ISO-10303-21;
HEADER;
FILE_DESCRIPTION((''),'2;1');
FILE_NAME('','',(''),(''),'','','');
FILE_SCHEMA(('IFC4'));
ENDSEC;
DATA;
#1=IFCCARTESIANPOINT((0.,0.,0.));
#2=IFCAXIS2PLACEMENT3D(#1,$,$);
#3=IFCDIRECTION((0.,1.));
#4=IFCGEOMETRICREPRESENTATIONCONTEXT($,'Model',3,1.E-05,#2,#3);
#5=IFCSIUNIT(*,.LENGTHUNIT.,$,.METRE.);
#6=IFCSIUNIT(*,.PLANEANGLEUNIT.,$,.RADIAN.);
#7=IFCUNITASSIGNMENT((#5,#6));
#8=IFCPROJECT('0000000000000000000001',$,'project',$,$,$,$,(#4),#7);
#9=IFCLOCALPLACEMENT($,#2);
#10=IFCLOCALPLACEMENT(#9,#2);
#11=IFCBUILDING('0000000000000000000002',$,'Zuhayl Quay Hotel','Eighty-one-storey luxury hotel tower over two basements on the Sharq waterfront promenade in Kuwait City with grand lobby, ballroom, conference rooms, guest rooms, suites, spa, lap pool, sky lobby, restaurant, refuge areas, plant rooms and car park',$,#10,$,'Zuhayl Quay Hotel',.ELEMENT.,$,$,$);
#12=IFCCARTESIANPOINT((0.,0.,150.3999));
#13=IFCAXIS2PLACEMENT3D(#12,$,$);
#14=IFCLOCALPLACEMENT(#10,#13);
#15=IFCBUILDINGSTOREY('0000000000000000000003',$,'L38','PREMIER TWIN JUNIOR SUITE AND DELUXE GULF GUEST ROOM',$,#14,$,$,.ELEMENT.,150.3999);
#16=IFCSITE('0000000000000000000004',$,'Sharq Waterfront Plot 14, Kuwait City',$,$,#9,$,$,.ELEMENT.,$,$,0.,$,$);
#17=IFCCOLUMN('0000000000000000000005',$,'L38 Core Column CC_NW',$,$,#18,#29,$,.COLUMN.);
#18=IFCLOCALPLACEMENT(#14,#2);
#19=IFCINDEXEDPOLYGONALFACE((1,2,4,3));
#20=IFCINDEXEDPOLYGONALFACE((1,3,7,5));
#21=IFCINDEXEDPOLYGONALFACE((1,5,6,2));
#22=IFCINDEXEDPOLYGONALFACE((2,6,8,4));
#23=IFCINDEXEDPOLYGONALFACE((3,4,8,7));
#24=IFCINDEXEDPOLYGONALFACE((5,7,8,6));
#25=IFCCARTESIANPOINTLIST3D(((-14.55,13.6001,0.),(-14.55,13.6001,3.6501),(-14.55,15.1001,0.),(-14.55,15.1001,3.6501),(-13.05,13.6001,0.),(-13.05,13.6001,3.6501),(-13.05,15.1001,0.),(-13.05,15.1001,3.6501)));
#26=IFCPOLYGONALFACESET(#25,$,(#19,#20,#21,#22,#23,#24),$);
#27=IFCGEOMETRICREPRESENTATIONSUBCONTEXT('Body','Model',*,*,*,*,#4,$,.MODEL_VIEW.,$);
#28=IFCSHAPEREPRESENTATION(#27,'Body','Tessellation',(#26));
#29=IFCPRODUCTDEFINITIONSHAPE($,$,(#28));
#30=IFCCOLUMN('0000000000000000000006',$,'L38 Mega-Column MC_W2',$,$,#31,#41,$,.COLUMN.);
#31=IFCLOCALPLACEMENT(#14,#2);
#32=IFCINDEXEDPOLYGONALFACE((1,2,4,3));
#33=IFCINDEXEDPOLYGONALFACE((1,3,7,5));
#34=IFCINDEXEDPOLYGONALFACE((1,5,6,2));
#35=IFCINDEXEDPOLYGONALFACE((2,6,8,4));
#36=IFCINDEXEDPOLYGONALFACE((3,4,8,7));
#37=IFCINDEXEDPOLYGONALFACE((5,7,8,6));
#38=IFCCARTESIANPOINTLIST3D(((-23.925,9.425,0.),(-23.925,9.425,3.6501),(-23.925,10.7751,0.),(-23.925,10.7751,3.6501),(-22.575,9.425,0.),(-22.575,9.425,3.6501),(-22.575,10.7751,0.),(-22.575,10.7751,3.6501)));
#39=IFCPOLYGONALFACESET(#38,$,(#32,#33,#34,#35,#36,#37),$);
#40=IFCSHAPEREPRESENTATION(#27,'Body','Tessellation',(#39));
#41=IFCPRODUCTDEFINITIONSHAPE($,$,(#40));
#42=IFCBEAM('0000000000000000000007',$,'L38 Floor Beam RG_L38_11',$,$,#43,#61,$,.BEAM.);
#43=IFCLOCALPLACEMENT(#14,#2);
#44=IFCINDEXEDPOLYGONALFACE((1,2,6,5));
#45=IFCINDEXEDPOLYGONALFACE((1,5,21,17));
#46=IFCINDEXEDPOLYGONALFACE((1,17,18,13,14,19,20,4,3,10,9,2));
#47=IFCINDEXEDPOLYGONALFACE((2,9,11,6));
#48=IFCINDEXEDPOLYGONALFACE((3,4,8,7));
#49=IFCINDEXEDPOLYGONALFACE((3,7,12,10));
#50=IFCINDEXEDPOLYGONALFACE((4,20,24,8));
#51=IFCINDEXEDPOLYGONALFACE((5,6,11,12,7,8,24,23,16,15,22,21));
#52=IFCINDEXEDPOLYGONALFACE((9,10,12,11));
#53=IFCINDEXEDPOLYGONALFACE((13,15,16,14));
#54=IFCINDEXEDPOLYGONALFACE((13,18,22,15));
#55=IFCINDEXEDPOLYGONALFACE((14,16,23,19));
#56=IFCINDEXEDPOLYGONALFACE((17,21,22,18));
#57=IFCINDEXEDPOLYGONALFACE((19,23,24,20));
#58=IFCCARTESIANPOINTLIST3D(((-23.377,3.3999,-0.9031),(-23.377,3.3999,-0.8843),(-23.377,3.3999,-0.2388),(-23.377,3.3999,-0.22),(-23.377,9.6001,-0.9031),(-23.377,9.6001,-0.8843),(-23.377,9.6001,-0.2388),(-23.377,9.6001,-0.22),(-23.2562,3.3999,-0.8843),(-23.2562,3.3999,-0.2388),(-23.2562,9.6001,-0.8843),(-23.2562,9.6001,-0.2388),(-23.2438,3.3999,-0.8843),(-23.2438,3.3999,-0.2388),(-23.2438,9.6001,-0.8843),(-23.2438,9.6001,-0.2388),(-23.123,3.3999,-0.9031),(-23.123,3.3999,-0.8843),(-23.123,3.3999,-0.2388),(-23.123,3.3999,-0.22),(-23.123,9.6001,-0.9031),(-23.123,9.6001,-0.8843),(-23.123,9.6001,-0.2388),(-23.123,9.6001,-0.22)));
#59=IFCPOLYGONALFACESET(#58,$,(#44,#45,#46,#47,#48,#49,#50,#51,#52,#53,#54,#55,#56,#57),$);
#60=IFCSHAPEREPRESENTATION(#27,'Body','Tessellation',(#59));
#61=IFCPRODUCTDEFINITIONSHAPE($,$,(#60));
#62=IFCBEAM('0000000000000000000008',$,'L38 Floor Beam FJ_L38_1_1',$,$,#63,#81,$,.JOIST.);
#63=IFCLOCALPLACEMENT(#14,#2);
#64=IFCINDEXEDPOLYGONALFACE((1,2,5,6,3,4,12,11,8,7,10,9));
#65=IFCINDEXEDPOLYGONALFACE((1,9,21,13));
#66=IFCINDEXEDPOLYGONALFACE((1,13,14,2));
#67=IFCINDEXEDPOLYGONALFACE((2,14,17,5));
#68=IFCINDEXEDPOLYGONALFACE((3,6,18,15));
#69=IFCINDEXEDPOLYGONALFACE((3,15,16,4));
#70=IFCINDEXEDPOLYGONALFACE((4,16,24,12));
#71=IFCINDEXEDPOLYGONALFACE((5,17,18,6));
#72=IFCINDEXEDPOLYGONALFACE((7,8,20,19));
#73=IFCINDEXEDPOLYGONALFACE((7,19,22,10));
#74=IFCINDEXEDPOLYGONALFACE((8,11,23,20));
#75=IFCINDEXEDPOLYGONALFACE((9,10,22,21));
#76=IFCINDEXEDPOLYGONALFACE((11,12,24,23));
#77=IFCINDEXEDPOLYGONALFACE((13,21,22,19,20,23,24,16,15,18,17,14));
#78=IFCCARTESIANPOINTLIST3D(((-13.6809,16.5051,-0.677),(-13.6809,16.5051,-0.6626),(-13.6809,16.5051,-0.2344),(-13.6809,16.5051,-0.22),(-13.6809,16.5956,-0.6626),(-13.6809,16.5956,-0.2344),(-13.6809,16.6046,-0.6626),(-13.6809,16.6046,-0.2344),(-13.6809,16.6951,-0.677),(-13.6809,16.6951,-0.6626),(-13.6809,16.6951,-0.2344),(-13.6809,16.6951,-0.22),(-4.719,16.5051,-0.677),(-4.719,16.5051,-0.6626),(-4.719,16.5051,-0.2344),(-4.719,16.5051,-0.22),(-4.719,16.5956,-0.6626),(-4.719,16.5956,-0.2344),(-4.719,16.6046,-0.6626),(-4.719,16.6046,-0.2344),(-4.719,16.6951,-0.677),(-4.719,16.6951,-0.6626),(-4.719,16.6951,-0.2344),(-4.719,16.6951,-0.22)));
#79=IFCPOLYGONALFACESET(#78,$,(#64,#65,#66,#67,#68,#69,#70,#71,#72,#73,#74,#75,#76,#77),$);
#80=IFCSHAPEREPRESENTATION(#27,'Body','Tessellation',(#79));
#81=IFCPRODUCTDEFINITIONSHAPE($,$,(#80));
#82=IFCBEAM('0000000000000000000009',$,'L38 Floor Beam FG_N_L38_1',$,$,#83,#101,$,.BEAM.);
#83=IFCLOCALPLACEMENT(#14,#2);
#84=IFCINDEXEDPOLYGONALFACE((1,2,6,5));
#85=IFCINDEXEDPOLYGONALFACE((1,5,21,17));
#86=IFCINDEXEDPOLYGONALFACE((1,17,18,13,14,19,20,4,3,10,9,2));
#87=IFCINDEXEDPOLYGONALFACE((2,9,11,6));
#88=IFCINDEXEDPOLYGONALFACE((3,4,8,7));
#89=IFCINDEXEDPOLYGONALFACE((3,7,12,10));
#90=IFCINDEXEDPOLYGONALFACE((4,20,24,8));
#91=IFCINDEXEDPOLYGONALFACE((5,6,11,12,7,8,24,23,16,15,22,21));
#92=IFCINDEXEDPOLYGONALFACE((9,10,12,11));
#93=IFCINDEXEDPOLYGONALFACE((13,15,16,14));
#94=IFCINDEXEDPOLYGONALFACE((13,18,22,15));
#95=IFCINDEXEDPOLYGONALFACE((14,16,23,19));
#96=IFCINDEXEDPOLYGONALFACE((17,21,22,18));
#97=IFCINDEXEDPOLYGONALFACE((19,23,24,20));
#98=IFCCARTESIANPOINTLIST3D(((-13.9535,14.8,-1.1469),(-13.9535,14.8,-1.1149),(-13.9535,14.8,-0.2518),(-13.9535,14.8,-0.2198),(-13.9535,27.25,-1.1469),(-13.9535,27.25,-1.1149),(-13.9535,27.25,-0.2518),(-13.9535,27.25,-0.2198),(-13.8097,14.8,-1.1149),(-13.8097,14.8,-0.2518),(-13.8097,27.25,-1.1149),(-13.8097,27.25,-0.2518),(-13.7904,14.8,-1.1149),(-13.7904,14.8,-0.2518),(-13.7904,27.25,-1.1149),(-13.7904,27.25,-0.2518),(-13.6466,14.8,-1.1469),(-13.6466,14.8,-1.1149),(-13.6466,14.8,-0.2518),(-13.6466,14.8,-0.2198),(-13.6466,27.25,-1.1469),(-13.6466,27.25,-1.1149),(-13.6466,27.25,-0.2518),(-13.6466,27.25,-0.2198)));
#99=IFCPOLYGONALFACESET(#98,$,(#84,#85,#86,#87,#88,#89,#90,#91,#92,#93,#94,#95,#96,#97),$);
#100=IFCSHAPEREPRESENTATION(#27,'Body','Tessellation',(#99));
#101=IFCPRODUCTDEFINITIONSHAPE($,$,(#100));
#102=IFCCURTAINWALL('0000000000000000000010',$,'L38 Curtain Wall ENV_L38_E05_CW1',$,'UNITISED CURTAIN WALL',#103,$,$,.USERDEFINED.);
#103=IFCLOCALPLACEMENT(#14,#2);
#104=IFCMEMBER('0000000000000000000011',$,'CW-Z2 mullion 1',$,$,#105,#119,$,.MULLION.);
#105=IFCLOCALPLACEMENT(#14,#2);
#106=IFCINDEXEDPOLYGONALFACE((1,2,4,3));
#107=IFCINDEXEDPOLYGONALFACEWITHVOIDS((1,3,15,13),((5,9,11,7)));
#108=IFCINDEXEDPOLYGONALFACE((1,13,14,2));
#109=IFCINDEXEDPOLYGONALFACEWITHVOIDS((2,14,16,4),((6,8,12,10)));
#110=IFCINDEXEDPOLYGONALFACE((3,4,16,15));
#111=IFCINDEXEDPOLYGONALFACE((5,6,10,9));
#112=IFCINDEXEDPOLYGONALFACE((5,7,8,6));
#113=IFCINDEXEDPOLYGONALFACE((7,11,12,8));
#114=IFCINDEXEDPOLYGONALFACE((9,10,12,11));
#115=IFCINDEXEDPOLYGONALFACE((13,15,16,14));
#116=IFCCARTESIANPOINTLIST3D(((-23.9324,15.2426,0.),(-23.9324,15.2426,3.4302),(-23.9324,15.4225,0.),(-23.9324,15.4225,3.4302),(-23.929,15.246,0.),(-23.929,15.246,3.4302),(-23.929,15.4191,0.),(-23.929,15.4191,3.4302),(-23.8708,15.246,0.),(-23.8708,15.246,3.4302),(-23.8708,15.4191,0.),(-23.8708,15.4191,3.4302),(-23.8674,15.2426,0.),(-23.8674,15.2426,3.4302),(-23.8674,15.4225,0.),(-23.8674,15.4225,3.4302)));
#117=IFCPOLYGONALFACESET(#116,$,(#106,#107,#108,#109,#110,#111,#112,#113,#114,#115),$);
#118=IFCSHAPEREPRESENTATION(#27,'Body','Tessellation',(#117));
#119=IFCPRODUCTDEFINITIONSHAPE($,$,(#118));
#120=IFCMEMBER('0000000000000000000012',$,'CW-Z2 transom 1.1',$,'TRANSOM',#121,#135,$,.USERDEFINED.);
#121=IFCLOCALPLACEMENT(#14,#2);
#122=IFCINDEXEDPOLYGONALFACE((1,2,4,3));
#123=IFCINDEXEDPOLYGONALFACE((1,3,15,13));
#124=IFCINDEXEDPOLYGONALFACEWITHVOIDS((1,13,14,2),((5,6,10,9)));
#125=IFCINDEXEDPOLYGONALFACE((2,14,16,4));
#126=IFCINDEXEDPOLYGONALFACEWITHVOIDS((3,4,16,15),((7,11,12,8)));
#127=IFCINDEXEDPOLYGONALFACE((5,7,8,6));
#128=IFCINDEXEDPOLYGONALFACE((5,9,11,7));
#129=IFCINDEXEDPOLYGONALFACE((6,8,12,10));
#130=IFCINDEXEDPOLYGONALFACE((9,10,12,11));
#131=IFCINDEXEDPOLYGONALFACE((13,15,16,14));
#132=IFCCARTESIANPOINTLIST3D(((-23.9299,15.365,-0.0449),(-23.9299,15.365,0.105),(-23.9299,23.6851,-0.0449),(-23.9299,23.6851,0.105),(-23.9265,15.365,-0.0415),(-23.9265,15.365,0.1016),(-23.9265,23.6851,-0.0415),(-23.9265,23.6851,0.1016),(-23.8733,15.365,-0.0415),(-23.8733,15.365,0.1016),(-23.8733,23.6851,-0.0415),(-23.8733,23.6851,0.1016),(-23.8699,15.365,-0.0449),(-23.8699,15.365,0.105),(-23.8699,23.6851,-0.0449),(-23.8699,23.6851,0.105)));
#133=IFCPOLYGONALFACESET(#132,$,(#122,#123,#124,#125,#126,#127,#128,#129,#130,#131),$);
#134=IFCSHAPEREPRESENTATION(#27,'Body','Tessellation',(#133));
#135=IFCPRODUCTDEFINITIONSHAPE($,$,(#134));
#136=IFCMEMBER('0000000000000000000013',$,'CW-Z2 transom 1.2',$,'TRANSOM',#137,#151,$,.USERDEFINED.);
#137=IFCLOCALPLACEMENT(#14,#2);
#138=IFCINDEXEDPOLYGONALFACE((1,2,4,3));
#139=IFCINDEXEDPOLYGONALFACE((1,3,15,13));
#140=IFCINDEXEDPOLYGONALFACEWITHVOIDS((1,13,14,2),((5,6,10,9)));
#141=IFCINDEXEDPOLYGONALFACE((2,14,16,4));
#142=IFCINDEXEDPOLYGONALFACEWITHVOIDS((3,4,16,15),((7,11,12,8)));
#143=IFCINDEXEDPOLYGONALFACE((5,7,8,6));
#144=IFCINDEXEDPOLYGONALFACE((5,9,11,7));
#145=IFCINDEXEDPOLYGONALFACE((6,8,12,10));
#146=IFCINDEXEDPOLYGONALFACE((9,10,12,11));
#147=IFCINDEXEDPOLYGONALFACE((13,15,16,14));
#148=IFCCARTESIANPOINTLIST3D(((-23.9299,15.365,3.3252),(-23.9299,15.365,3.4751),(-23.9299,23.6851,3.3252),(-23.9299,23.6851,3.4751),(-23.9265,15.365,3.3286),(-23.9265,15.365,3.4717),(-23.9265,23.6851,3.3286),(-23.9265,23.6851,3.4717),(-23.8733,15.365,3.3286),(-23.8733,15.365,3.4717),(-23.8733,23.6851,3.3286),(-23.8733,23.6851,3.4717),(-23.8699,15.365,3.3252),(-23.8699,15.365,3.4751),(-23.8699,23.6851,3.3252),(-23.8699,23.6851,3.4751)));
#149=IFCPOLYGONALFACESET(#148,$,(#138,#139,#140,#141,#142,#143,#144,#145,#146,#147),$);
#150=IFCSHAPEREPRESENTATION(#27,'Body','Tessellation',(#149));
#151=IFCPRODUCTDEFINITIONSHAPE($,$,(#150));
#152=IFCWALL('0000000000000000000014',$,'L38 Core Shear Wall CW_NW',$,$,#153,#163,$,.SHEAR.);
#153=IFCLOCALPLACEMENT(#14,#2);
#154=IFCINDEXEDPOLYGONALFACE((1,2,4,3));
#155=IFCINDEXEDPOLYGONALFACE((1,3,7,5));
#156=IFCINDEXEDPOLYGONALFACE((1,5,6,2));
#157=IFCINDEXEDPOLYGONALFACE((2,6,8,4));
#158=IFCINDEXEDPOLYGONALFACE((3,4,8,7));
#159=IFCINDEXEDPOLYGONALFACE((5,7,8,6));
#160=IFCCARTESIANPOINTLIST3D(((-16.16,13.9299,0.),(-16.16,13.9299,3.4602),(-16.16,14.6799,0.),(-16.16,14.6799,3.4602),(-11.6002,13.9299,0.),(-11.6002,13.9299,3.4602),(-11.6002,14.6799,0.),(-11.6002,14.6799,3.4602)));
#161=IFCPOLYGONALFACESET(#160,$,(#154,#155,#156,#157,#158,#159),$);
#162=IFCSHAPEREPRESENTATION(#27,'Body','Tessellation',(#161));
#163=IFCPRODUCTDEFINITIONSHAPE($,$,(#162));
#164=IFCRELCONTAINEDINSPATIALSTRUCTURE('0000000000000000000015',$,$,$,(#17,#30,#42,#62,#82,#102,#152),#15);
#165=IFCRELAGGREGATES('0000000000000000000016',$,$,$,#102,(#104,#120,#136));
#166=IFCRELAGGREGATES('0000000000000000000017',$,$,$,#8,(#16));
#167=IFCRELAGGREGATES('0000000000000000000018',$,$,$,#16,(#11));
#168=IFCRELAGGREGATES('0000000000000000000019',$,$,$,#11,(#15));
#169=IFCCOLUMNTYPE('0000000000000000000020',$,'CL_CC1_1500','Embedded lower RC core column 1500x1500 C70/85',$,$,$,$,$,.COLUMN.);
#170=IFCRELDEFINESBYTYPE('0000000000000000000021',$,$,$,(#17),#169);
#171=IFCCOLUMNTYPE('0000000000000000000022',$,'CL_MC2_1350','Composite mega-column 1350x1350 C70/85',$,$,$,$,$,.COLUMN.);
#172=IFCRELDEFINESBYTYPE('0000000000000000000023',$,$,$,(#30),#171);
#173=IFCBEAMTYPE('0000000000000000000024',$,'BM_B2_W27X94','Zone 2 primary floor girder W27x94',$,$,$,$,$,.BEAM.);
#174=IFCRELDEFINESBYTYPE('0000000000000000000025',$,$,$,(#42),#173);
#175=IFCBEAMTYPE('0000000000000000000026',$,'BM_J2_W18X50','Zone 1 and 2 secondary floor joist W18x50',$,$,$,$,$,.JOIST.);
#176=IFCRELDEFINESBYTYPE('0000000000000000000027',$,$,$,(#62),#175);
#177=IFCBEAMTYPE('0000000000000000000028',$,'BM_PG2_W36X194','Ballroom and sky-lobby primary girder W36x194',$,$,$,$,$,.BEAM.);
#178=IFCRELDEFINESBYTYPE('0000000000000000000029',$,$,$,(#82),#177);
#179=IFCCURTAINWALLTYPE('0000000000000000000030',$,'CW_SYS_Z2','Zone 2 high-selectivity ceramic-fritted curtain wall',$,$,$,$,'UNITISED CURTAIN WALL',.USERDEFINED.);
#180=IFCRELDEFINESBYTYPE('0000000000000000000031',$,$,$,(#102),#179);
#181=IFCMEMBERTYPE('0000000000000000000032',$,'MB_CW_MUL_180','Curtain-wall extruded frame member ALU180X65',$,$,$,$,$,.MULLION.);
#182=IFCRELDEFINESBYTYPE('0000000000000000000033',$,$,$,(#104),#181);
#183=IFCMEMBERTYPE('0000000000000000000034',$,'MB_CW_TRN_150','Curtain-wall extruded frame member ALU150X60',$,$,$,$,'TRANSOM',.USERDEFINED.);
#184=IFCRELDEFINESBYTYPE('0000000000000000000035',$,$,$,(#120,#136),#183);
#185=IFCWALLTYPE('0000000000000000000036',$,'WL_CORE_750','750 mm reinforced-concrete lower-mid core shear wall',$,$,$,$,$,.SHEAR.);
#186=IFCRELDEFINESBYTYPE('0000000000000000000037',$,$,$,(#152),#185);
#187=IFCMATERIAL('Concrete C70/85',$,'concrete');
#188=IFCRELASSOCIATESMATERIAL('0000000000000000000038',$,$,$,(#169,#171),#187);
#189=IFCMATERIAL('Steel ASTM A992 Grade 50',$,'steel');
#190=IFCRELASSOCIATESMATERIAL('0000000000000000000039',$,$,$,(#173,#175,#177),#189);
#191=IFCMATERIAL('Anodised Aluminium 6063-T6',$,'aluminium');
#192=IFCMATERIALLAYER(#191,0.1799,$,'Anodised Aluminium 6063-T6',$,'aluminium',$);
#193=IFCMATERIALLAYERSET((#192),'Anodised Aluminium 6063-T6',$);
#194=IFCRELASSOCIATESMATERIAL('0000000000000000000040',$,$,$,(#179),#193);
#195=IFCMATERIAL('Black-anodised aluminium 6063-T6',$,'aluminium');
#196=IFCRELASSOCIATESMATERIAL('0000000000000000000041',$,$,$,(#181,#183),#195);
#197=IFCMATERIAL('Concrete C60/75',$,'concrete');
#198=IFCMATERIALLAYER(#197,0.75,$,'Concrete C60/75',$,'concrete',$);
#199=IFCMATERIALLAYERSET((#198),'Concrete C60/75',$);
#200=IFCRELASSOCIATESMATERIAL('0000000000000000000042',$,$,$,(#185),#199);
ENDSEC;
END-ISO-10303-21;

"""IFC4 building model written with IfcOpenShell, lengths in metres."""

from ifc_helpers import new_model, si_unit, direction, frame, frame_2d, origin, origin_2d, place, context, subcontext, project, spatial, rectangle, hollow_rectangle, i_section, extrude, material, layer, layer_set, material_profile, profile_set, type_object, element, aggregate, save


model = new_model("IFC4")

# Units and contexts
model_context = context("Model", 3, precision=1e-05, world=origin(), true_north=direction((0.0, 1.0)))
body_context = subcontext(model_context, "Body", "Model", "MODEL_VIEW")
ifc_project = project(units=[si_unit("LENGTHUNIT", "METRE"), si_unit("PLANEANGLEUNIT", "RADIAN")], contexts=[model_context])

# Site, building, storey
site_placement = place(None, origin())
site = spatial("IfcSite", under=ifc_project, at=site_placement, Name="Sharq Waterfront Plot 14, Kuwait City", CompositionType="ELEMENT", RefElevation=0.0)
building_placement = place(site_placement, origin())
building = spatial("IfcBuilding", under=site, at=building_placement, Name="Zuhayl Quay Hotel", Description="Eighty-one-storey luxury hotel tower over two basements on the Sharq waterfront promenade in Kuwait City with grand lobby, ballroom, conference rooms, guest rooms, suites, spa, lap pool, sky lobby, restaurant, refuge areas, plant rooms and car park", LongName="Zuhayl Quay Hotel", CompositionType="ELEMENT")
storey_placement = place(building_placement, frame((0.0, 0.0, 150.3999)))
storey = spatial("IfcBuildingStorey", under=building, at=storey_placement, Name="L38", Description="PREMIER TWIN JUNIOR SUITE AND DELUXE GULF GUEST ROOM", CompositionType="ELEMENT", Elevation=150.3999)

# Columns
ifc_material_1 = material(Name="Concrete C70/85", Category="concrete")
ifc_material_profile_1 = material_profile(ifc_material_1, rectangle(XDim=1.5, YDim=1.5, at=origin_2d()), Name="RC1500X1500")
ifc_profile_set_1 = profile_set([ifc_material_profile_1], Name="Concrete C70/85")
column_type_1 = type_object("IfcColumnType", Name="CL_CC1_1500", Description="Embedded lower RC core column 1500x1500 C70/85", PredefinedType="COLUMN", material=ifc_profile_set_1)
column_1_placement = place(storey_placement, frame((-13.8, 14.3501, 0.0), z_axis=(0.0, 0.0, 1.0), x_axis=(1.0, 0.0, 0.0)))
element("IfcColumn", 1, at=column_1_placement, inside=storey, type_object=column_type_1, Name="L38 Core Column CC_NW", PredefinedType="COLUMN", context=body_context, shape_type="SweptSolid", body=[
    extrude(rectangle(XDim=1.5, YDim=1.5, at=origin_2d()), origin(), (0.0, 0.0, 1.0), 3.6501),
])
ifc_material_profile_2 = material_profile(ifc_material_1, rectangle(XDim=1.3501, YDim=1.3501, at=origin_2d()), Name="RC1350X1350")
ifc_profile_set_2 = profile_set([ifc_material_profile_2], Name="Concrete C70/85")
column_type_2 = type_object("IfcColumnType", Name="CL_MC2_1350", Description="Composite mega-column 1350x1350 C70/85", PredefinedType="COLUMN", material=ifc_profile_set_2)
column_2_placement = place(storey_placement, frame((-23.25, 10.1001, 0.0), z_axis=(0.0, 0.0, 1.0), x_axis=(1.0, 0.0, 0.0)))
element("IfcColumn", 2, at=column_2_placement, inside=storey, type_object=column_type_2, Name="L38 Mega-Column MC_W2", PredefinedType="COLUMN", context=body_context, shape_type="SweptSolid", body=[
    extrude(rectangle(XDim=1.3501, YDim=1.3501, at=origin_2d()), origin(), (0.0, 0.0, 1.0), 3.6501),
])

# Beams
ifc_material_2 = material(Name="Steel ASTM A992 Grade 50", Category="steel")
ifc_material_profile_3 = material_profile(ifc_material_2, i_section(OverallWidth=0.2539, OverallDepth=0.6831, WebThickness=0.0125, FlangeThickness=0.0188, at=origin_2d()), Name="W27X94")
ifc_profile_set_3 = profile_set([ifc_material_profile_3], Name="Steel ASTM A992 Grade 50")
beam_type_1 = type_object("IfcBeamType", Name="BM_B2_W27X94", Description="Zone 2 primary floor girder W27x94", PredefinedType="BEAM", material=ifc_profile_set_3)
beam_1_placement = place(storey_placement, frame((-23.25, 9.6001, -0.5615), z_axis=(0.0, -1.0, 0.0), x_axis=(1.0, 0.0, 0.0)))
element("IfcBeam", 3, at=beam_1_placement, inside=storey, type_object=beam_type_1, Name="L38 Floor Beam RG_L38_11", PredefinedType="BEAM", context=body_context, shape_type="SweptSolid", body=[
    extrude(i_section(OverallWidth=0.2539, OverallDepth=0.6831, WebThickness=0.0125, FlangeThickness=0.0188, at=origin_2d()), origin(), (0.0, 0.0, 1.0), 6.2002),
])
ifc_material_profile_4 = material_profile(ifc_material_2, i_section(OverallWidth=0.1899, OverallDepth=0.457, WebThickness=0.009, FlangeThickness=0.0144, at=origin_2d()), Name="W18X50")
ifc_profile_set_4 = profile_set([ifc_material_profile_4], Name="Steel ASTM A992 Grade 50")
beam_type_2 = type_object("IfcBeamType", Name="BM_J2_W18X50", Description="Zone 1 and 2 secondary floor joist W18x50", PredefinedType="JOIST", material=ifc_profile_set_4)
beam_2_placement = place(storey_placement, frame((-13.6809, 16.6001, -0.4485), z_axis=(1.0, 0.0, 0.0), x_axis=(0.0, 1.0, 0.0)))
element("IfcBeam", 4, at=beam_2_placement, inside=storey, type_object=beam_type_2, Name="L38 Floor Beam FJ_L38_1_1", PredefinedType="JOIST", context=body_context, shape_type="SweptSolid", body=[
    extrude(i_section(OverallWidth=0.1899, OverallDepth=0.457, WebThickness=0.009, FlangeThickness=0.0144, at=origin_2d()), origin(), (0.0, 0.0, 1.0), 8.9619),
])
ifc_material_profile_5 = material_profile(ifc_material_2, i_section(OverallWidth=0.3069, OverallDepth=0.927, WebThickness=0.0193, FlangeThickness=0.032, at=origin_2d()), Name="W36X194")
ifc_profile_set_5 = profile_set([ifc_material_profile_5], Name="Steel ASTM A992 Grade 50")
beam_type_3 = type_object("IfcBeamType", Name="BM_PG2_W36X194", Description="Ballroom and sky-lobby primary girder W36x194", PredefinedType="BEAM", material=ifc_profile_set_5)
beam_3_placement = place(storey_placement, frame((-13.8, 14.8, -0.6833), z_axis=(0.0, 1.0, 0.0), x_axis=(-1.0, 0.0, 0.0)))
element("IfcBeam", 5, at=beam_3_placement, inside=storey, type_object=beam_type_3, Name="L38 Floor Beam FG_N_L38_1", PredefinedType="BEAM", context=body_context, shape_type="SweptSolid", body=[
    extrude(i_section(OverallWidth=0.3069, OverallDepth=0.927, WebThickness=0.0193, FlangeThickness=0.032, at=origin_2d()), origin(), (0.0, 0.0, 1.0), 12.45),
])

# Curtain wall, members
ifc_material_3 = material(Name="Anodised Aluminium 6063-T6", Category="aluminium")
ifc_layer_1 = layer(ifc_material_3, 0.1799, Name="Anodised Aluminium 6063-T6", Category="aluminium")
ifc_layer_set_1 = layer_set([ifc_layer_1], Name="Anodised Aluminium 6063-T6")
curtain_wall_type = type_object("IfcCurtainWallType", Name="CW_SYS_Z2", Description="Zone 2 high-selectivity ceramic-fritted curtain wall", ElementType="UNITISED CURTAIN WALL", PredefinedType="USERDEFINED", material=ifc_layer_set_1)
curtain_wall_placement = place(storey_placement, origin())
curtain_wall = element("IfcCurtainWall", 6, at=curtain_wall_placement, inside=storey, type_object=curtain_wall_type, Name="L38 Curtain Wall ENV_L38_E05_CW1", ObjectType="UNITISED CURTAIN WALL", PredefinedType="USERDEFINED")
ifc_material_4 = material(Name="Black-anodised aluminium 6063-T6", Category="aluminium")
ifc_material_profile_6 = material_profile(ifc_material_4, hollow_rectangle(XDim=0.0649, YDim=0.1799, WallThickness=0.0034, at=origin_2d()), Name="ALU180X65")
ifc_profile_set_6 = profile_set([ifc_material_profile_6], Name="Black-anodised aluminium 6063-T6")
member_type_1 = type_object("IfcMemberType", Name="MB_CW_MUL_180", Description="Curtain-wall extruded frame member ALU180X65", PredefinedType="MULLION", material=ifc_profile_set_6)
member_1_placement = place(storey_placement, frame((-23.8999, 15.3325, 0.0), z_axis=(0.0, 0.0, 1.0), x_axis=(-1.0, 0.0, 0.0)))
member_1 = element("IfcMember", 7, at=member_1_placement, type_object=member_type_1, Name="CW-Z2 mullion 1", PredefinedType="MULLION", context=body_context, shape_type="SweptSolid", body=[
    extrude(hollow_rectangle(XDim=0.0649, YDim=0.1799, WallThickness=0.0034, at=origin_2d()), origin(), (0.0, 0.0, 1.0), 3.4302),
])
ifc_material_profile_7 = material_profile(ifc_material_4, hollow_rectangle(XDim=0.0601, YDim=0.1499, WallThickness=0.0034, at=origin_2d()), Name="ALU150X60")
ifc_profile_set_7 = profile_set([ifc_material_profile_7], Name="Black-anodised aluminium 6063-T6")
member_type_2 = type_object("IfcMemberType", Name="MB_CW_TRN_150", Description="Curtain-wall extruded frame member ALU150X60", ElementType="TRANSOM", PredefinedType="USERDEFINED", material=ifc_profile_set_7)
member_2_placement = place(storey_placement, frame((-23.8999, 15.365, 0.03), z_axis=(0.0, 1.0, 0.0), x_axis=(-1.0, 0.0, 0.0)))
member_2 = element("IfcMember", 8, at=member_2_placement, type_object=member_type_2, Name="CW-Z2 transom 1.1", ObjectType="TRANSOM", PredefinedType="USERDEFINED", context=body_context, shape_type="SweptSolid", body=[
    extrude(hollow_rectangle(XDim=0.0601, YDim=0.1499, WallThickness=0.0034, at=origin_2d()), origin(), (0.0, 0.0, 1.0), 8.3201),
])
member_3_placement = place(storey_placement, frame((-23.8999, 15.365, 3.4001), z_axis=(0.0, 1.0, 0.0), x_axis=(-1.0, 0.0, 0.0)))
member_3 = element("IfcMember", 9, at=member_3_placement, type_object=member_type_2, Name="CW-Z2 transom 1.2", ObjectType="TRANSOM", PredefinedType="USERDEFINED", context=body_context, shape_type="SweptSolid", body=[
    extrude(hollow_rectangle(XDim=0.0601, YDim=0.1499, WallThickness=0.0034, at=origin_2d()), origin(), (0.0, 0.0, 1.0), 8.3201),
])
aggregate(curtain_wall, [member_1, member_2, member_3])

# Wall
ifc_material_5 = material(Name="Concrete C60/75", Category="concrete")
ifc_layer_2 = layer(ifc_material_5, 0.75, Name="Concrete C60/75", Category="concrete")
ifc_layer_set_2 = layer_set([ifc_layer_2], Name="Concrete C60/75")
wall_type_1 = type_object("IfcWallType", Name="WL_CORE_750", Description="750 mm reinforced-concrete lower-mid core shear wall", PredefinedType="SHEAR", material=ifc_layer_set_2)
wall_1_placement = place(storey_placement, frame((-16.1599, 14.3049, 0.0), z_axis=(0.0, 0.0, 1.0), x_axis=(1.0, 0.0, 0.0)))
element("IfcWall", 10, at=wall_1_placement, inside=storey, type_object=wall_type_1, Name="L38 Core Shear Wall CW_NW", PredefinedType="SHEAR", context=body_context, shape_type="SweptSolid", body=[
    extrude(rectangle(XDim=4.5598, YDim=0.75, at=frame_2d((2.2798, 0.0))), origin(), (0.0, 0.0, 1.0), 3.4602),
])

save(model, "model.ifc")
